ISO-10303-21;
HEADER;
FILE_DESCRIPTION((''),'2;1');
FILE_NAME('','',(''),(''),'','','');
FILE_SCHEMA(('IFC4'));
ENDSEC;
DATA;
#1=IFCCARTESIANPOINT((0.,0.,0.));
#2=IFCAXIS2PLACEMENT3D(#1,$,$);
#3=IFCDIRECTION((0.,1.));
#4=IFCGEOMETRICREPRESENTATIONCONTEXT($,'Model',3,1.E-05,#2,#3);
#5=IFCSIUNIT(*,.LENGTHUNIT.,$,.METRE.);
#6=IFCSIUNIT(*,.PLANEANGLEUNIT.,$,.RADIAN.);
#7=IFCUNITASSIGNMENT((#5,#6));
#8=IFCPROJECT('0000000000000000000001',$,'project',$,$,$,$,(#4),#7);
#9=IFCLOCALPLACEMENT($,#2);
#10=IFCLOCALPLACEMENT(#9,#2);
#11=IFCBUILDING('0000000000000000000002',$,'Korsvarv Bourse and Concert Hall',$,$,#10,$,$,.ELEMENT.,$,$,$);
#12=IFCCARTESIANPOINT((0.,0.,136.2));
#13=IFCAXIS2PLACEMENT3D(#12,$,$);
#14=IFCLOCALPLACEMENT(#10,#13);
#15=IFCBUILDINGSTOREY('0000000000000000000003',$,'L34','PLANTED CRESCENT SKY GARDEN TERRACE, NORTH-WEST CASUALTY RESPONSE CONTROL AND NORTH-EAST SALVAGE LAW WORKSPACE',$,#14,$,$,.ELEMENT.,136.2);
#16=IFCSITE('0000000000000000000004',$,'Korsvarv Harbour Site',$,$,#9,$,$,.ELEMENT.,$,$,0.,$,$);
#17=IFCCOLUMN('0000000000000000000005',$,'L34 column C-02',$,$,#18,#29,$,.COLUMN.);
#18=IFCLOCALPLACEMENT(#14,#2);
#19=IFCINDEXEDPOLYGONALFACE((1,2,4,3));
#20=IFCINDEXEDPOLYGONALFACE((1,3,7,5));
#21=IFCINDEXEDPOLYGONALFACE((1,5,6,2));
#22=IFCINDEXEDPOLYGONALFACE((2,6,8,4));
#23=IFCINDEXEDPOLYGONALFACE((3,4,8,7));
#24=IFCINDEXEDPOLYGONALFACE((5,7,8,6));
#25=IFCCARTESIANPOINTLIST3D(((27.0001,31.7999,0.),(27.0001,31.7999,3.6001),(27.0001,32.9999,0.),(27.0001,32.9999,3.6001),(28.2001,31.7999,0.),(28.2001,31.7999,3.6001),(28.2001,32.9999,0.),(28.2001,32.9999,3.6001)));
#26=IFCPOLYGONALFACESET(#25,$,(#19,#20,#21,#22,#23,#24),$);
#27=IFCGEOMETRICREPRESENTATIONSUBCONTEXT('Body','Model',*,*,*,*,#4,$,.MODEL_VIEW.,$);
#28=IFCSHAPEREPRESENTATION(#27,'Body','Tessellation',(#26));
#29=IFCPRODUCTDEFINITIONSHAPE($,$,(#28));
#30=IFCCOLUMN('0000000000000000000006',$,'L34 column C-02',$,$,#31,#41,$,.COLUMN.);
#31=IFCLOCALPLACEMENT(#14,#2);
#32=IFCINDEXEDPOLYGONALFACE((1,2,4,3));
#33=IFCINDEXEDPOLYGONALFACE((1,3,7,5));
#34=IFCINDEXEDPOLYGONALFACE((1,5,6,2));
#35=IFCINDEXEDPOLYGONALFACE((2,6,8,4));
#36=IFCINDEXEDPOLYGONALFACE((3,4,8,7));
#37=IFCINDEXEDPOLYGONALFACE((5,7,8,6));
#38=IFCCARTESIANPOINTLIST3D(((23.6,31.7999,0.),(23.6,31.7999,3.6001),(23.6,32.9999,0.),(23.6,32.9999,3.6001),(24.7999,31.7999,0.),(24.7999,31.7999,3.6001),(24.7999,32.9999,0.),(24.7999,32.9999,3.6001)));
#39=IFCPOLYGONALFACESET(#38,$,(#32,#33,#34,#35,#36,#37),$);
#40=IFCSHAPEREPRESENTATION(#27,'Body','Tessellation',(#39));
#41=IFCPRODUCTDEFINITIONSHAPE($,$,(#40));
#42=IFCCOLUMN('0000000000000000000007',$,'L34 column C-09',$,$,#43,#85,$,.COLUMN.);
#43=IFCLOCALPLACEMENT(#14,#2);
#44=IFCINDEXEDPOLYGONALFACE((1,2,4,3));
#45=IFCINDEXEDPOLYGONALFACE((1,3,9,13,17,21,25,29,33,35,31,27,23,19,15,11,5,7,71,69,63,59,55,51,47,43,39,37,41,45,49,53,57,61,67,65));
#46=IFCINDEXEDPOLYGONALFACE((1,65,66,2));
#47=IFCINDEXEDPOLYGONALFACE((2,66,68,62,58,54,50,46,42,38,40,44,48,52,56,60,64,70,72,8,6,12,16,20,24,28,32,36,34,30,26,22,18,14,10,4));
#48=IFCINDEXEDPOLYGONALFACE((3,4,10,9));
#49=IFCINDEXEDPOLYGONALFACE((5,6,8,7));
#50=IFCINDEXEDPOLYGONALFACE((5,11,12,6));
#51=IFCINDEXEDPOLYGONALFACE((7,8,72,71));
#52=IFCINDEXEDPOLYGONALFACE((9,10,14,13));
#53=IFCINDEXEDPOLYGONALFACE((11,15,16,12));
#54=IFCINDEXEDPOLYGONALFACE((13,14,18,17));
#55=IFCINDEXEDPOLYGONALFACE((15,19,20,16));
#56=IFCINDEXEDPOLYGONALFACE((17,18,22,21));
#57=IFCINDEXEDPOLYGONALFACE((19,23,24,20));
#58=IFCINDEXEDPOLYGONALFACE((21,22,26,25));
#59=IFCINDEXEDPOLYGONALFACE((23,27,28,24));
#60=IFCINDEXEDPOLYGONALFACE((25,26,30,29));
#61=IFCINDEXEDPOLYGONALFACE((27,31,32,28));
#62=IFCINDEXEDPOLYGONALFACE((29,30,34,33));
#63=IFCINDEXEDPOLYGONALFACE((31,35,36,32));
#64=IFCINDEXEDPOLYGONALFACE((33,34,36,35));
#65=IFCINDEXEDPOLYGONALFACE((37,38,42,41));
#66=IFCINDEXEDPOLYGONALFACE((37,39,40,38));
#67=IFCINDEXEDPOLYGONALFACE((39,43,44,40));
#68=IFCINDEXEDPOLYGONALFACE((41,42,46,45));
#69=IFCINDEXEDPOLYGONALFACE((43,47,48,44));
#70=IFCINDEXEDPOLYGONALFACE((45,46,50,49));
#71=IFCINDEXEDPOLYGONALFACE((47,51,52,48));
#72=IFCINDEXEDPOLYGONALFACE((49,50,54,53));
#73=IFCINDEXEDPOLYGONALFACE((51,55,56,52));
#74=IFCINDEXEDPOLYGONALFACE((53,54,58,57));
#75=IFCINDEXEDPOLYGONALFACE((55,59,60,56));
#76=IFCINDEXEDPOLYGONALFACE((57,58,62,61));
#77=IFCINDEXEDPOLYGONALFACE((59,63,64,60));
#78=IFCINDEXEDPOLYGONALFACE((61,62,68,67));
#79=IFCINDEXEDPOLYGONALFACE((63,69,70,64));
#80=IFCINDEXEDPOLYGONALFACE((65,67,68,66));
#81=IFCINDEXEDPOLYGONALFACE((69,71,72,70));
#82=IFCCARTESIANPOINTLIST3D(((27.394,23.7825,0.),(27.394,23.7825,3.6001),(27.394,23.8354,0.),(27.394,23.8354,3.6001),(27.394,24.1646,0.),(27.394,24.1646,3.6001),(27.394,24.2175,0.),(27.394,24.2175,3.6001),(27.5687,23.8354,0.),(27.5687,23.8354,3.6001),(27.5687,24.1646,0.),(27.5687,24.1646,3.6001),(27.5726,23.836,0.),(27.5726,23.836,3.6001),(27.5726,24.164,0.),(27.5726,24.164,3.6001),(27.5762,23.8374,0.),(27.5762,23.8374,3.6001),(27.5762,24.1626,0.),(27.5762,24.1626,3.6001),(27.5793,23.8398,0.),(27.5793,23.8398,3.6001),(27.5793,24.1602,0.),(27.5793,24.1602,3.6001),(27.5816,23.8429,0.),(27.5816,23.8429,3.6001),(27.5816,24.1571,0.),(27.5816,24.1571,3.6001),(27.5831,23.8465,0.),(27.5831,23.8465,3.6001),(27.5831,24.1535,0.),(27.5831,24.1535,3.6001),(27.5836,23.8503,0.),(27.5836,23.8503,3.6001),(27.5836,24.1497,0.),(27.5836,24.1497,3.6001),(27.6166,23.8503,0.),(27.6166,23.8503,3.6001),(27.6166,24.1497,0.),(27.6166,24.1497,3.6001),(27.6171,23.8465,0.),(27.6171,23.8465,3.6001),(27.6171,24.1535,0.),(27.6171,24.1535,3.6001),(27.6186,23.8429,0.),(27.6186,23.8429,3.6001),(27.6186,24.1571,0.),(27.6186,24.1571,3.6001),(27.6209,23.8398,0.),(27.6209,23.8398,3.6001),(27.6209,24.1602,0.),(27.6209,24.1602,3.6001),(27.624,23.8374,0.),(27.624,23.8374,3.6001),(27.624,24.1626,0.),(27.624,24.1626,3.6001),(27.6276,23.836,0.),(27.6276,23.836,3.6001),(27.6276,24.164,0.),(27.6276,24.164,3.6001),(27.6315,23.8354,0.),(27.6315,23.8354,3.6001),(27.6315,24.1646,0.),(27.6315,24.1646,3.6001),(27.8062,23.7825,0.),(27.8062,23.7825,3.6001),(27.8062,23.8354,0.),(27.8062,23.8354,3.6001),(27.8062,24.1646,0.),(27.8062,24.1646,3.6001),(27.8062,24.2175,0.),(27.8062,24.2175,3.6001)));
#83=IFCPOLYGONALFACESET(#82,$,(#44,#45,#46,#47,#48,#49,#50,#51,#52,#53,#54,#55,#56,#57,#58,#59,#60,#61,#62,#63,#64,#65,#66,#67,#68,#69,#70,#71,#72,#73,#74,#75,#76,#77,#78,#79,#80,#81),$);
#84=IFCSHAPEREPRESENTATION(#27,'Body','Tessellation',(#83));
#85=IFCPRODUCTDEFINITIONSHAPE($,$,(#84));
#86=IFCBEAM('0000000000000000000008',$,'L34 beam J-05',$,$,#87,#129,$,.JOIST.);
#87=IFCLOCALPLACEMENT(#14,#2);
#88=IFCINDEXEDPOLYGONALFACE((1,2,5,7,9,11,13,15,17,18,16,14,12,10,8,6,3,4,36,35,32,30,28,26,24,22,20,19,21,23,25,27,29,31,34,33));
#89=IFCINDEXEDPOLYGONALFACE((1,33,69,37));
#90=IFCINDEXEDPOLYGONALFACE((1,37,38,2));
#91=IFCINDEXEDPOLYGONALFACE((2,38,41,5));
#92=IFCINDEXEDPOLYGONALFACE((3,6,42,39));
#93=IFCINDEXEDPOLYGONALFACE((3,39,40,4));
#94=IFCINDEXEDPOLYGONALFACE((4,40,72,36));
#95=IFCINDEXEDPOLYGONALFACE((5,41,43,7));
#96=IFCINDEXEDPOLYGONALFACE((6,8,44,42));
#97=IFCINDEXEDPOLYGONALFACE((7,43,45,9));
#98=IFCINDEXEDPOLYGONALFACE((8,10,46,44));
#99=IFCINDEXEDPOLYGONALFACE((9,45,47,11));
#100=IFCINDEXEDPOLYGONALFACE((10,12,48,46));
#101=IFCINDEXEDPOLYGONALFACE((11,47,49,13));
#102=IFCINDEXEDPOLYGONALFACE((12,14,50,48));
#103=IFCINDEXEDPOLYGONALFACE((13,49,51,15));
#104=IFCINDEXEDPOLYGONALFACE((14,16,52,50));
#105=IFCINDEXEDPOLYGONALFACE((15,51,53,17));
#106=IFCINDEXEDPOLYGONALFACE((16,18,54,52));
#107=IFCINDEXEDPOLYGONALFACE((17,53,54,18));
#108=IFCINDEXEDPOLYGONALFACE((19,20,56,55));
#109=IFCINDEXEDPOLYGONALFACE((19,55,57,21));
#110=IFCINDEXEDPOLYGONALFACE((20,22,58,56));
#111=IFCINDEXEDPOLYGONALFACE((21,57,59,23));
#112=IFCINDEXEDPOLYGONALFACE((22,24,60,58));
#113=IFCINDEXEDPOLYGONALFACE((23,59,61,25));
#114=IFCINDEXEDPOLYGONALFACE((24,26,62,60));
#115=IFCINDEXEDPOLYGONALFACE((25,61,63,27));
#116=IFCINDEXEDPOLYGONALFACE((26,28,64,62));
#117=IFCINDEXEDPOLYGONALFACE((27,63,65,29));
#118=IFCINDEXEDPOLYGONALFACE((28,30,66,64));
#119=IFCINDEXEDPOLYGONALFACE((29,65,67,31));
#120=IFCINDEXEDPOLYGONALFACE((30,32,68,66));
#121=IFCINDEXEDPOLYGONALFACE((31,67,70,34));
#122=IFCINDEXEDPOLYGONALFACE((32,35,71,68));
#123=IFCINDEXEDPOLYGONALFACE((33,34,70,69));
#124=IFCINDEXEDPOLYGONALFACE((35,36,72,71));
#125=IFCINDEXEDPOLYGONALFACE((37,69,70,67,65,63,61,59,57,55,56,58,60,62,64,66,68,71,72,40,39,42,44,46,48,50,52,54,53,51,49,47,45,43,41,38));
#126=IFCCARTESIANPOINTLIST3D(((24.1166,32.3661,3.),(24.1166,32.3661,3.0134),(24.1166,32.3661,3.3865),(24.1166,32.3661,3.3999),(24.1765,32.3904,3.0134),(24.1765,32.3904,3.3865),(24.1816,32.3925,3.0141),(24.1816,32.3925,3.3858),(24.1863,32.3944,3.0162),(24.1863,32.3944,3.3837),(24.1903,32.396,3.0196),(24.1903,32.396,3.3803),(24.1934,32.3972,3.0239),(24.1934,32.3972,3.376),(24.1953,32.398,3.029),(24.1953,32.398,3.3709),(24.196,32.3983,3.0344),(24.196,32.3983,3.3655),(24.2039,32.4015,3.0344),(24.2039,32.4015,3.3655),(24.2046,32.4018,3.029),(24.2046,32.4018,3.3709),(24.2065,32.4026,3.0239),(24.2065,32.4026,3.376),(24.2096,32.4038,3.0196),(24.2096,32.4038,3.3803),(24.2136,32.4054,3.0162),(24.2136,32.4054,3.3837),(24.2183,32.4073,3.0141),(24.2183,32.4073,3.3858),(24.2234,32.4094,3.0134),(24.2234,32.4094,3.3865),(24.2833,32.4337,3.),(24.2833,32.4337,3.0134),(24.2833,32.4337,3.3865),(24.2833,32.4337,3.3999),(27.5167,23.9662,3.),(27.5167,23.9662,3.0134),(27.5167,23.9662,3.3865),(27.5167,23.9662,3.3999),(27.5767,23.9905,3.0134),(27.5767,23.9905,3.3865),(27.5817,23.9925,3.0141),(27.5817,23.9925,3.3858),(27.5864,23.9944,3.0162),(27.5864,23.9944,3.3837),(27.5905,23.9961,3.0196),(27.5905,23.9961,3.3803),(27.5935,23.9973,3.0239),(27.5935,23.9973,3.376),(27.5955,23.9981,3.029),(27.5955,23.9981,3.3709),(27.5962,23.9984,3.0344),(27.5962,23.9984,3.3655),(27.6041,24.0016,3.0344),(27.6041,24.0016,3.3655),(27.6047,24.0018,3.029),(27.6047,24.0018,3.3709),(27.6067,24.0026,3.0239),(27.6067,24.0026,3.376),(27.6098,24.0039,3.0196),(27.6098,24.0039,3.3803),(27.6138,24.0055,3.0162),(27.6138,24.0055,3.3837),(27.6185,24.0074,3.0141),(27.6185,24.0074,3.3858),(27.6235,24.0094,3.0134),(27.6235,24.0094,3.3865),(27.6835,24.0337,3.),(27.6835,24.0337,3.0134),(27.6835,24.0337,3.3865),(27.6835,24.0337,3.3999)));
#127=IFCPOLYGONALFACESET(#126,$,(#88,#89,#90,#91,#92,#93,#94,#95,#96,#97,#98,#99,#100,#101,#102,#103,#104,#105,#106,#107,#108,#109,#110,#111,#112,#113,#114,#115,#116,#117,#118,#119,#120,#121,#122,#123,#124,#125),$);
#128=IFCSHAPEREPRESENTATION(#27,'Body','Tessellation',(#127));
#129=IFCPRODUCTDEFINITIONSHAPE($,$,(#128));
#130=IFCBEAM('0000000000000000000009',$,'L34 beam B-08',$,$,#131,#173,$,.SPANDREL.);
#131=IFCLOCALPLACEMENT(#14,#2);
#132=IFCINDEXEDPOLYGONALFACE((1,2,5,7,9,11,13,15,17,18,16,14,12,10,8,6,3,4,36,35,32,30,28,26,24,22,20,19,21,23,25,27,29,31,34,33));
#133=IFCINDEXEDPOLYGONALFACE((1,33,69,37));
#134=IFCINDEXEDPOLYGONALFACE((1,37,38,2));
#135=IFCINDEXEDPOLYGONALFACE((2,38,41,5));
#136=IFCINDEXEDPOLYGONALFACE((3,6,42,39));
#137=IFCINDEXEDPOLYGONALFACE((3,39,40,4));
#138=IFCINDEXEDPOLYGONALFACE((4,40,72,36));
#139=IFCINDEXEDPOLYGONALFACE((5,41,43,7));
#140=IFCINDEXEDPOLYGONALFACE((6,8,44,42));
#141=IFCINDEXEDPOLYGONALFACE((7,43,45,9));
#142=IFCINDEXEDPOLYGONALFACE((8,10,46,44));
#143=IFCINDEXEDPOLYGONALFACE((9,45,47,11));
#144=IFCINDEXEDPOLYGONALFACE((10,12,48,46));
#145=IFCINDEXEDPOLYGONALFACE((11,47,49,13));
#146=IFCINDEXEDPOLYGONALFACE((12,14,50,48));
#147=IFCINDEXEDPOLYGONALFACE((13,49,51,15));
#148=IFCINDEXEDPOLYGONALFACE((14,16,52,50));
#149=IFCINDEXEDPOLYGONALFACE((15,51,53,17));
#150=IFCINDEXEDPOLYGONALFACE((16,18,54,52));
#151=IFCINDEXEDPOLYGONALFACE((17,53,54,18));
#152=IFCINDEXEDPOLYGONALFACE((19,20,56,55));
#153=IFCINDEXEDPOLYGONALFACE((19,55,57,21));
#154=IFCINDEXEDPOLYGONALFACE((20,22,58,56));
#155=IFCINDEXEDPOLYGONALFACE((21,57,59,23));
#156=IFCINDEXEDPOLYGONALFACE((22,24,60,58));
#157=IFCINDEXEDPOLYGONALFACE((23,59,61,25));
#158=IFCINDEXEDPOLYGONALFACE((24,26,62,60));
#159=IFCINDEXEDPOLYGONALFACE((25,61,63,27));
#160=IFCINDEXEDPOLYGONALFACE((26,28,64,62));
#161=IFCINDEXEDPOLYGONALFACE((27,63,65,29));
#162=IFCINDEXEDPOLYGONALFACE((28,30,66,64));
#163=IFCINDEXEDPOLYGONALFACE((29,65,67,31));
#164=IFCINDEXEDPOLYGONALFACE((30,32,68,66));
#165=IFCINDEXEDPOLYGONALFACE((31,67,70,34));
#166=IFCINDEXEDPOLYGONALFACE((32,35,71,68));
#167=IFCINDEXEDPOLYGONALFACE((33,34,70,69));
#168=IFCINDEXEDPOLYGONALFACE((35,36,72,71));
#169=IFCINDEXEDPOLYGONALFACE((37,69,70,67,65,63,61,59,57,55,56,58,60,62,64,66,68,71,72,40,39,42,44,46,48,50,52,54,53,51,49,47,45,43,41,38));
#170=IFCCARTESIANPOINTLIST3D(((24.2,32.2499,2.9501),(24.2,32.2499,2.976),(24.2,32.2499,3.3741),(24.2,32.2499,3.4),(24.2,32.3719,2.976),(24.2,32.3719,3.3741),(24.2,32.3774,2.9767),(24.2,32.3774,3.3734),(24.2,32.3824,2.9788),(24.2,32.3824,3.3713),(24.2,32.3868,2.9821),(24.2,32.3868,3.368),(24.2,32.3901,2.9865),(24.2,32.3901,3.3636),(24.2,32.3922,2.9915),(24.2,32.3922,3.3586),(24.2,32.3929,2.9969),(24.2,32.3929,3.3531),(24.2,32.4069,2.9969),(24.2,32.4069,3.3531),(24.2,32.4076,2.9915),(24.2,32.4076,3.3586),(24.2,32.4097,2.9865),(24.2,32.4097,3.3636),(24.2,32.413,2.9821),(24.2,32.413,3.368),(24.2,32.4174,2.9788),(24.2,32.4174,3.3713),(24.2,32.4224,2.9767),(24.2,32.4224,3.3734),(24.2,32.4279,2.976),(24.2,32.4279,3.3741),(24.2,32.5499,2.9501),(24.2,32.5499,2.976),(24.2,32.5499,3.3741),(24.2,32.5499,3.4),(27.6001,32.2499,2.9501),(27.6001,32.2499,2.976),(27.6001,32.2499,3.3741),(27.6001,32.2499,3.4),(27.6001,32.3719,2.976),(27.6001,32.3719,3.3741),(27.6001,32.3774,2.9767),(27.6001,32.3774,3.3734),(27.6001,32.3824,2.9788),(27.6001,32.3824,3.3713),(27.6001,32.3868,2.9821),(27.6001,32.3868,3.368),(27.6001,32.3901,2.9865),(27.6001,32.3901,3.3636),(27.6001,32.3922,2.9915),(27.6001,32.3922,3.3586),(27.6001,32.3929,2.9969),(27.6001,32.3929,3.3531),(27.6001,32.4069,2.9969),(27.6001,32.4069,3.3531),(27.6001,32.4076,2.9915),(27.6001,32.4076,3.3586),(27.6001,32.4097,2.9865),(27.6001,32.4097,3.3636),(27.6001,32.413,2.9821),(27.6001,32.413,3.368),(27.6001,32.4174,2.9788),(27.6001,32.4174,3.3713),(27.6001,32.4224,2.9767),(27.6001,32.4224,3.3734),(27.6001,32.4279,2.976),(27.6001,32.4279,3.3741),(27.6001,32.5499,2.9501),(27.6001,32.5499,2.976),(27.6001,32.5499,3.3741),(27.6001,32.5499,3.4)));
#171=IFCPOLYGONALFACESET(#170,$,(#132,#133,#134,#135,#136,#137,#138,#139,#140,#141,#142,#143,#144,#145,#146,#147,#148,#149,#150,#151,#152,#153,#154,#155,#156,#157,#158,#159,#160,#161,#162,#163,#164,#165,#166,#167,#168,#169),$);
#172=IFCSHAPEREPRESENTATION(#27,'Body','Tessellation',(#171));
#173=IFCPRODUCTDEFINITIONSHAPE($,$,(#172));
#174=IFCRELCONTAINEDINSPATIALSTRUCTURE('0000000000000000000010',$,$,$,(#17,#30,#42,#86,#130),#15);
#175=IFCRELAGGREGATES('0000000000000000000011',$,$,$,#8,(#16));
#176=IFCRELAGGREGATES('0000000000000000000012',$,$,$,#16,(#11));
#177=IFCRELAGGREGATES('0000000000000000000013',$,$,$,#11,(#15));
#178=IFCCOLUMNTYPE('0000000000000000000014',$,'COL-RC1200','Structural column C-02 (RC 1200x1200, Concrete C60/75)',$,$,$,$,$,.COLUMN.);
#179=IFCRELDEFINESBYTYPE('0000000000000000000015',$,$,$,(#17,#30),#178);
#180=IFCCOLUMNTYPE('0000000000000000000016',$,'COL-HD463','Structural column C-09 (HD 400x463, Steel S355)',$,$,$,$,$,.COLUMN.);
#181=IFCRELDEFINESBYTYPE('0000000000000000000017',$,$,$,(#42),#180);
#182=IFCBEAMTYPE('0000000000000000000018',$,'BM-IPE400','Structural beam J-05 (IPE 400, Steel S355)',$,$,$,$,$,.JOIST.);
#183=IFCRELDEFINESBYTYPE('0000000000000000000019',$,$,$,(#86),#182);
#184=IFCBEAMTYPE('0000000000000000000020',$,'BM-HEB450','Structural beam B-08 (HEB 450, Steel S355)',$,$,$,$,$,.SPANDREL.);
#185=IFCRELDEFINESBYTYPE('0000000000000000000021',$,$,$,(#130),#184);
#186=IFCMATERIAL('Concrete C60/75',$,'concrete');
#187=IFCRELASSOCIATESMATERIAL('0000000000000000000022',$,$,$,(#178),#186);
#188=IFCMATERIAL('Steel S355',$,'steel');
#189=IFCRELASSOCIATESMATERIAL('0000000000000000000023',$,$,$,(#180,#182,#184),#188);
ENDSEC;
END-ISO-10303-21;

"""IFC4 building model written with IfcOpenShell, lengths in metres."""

from ifc_helpers import new_model, si_unit, direction, frame, origin, origin_2d, place, context, subcontext, project, spatial, rectangle, i_section, extrude, source, transform, mapped, material, material_profile, profile_set, type_object, element, save


model = new_model("IFC4")

# Units and contexts
model_context = context("Model", 3, precision=1e-05, world=origin(), true_north=direction((0.0, 1.0)))
body_context = subcontext(model_context, "Body", "Model", "MODEL_VIEW")
ifc_project = project(units=[si_unit("LENGTHUNIT", "METRE"), si_unit("PLANEANGLEUNIT", "RADIAN")], contexts=[model_context])

# Site, building, storey
site_placement = place(None, origin())
site = spatial("IfcSite", under=ifc_project, at=site_placement, Name="Korsvarv Harbour Site", CompositionType="ELEMENT", RefElevation=0.0)
building_placement = place(site_placement, origin())
building = spatial("IfcBuilding", under=site, at=building_placement, Name="Korsvarv Bourse and Concert Hall", CompositionType="ELEMENT")
storey_placement = place(building_placement, frame((0.0, 0.0, 136.2)))
storey = spatial("IfcBuildingStorey", under=building, at=storey_placement, Name="L34", Description="PLANTED CRESCENT SKY GARDEN TERRACE, NORTH-WEST CASUALTY RESPONSE CONTROL AND NORTH-EAST SALVAGE LAW WORKSPACE", CompositionType="ELEMENT", Elevation=136.2)

# Columns
ifc_material_1 = material(Name="Concrete C60/75", Category="concrete")
ifc_material_profile_1 = material_profile(ifc_material_1, rectangle(XDim=1.2, YDim=1.2, at=origin_2d()), Name="RC 1200x1200")
ifc_profile_set_1 = profile_set([ifc_material_profile_1], Name="Concrete C60/75")
column_type_1 = type_object("IfcColumnType", Name="COL-RC1200", Description="Structural column C-02 (RC 1200x1200, Concrete C60/75)", PredefinedType="COLUMN", material=ifc_profile_set_1)
shared_shape_1 = source(origin(), body_context, "Body", "SweptSolid", [
    extrude(rectangle(XDim=1.2, YDim=1.2, at=origin_2d()), origin(), (0.0, 0.0, 1.0), 3.6001),
])
for number, where, z_axis, x_axis, name in (
    (1, (27.6001, 32.3999, 0.0), (0.0, 0.0, 1.0), (1.0, 0.0, 0.0), "L34 column C-02"),
    (2, (24.2, 32.3999, 0.0), (0.0, 0.0, 1.0), (1.0, 0.0, 0.0), "L34 column C-02"),
):
    element("IfcColumn", number, at=place(storey_placement, frame(where, z_axis=z_axis, x_axis=x_axis)), inside=storey, type_object=column_type_1, Name=name, PredefinedType="COLUMN", context=body_context, shape_type="MappedRepresentation", body=[
        mapped(shared_shape_1, transform((0.0, 0.0, 0.0), scale=1.0)),
    ])
ifc_material_2 = material(Name="Steel S355", Category="steel")
ifc_material_profile_2 = material_profile(ifc_material_2, i_section(OverallWidth=0.4121, OverallDepth=0.4351, WebThickness=0.033, FlangeThickness=0.053, FilletRadius=0.0149, at=origin_2d()), Name="HD 400x463")
ifc_profile_set_2 = profile_set([ifc_material_profile_2], Name="Steel S355")
column_type_2 = type_object("IfcColumnType", Name="COL-HD463", Description="Structural column C-09 (HD 400x463, Steel S355)", PredefinedType="COLUMN", material=ifc_profile_set_2)
shared_shape_2 = source(origin(), body_context, "Body", "SweptSolid", [
    extrude(i_section(OverallWidth=0.4121, OverallDepth=0.4351, WebThickness=0.033, FlangeThickness=0.053, FilletRadius=0.0149, at=origin_2d()), origin(), (0.0, 0.0, 1.0), 3.6001),
])
column_placement = place(storey_placement, frame((27.6001, 24.0, 0.0), z_axis=(0.0, 0.0, 1.0), x_axis=(1.0, 0.0, 0.0)))
element("IfcColumn", 3, at=column_placement, inside=storey, type_object=column_type_2, Name="L34 column C-09", PredefinedType="COLUMN", context=body_context, shape_type="MappedRepresentation", body=[
    mapped(shared_shape_2, transform((0.0, 0.0, 0.0), scale=1.0)),
])

# Beams
ifc_material_profile_3 = material_profile(ifc_material_2, i_section(OverallWidth=0.1799, OverallDepth=0.3999, WebThickness=0.0085, FlangeThickness=0.0134, FilletRadius=0.021, at=origin_2d()), Name="IPE 400")
ifc_profile_set_3 = profile_set([ifc_material_profile_3], Name="Steel S355")
beam_type_1 = type_object("IfcBeamType", Name="BM-IPE400", Description="Structural beam J-05 (IPE 400, Steel S355)", PredefinedType="JOIST", material=ifc_profile_set_3)
shared_shape_3 = source(origin(), body_context, "Body", "SweptSolid", [
    extrude(i_section(OverallWidth=0.1799, OverallDepth=0.3999, WebThickness=0.0085, FlangeThickness=0.0134, FilletRadius=0.021, at=origin_2d()), origin(), (0.0, 0.0, 1.0), 9.062),
])
beam_1_placement = place(storey_placement, frame((24.2, 32.3999, 3.2), z_axis=(0.37521, -0.92694, 0.0), x_axis=(0.92694, 0.37521, 0.0)))
element("IfcBeam", 4, at=beam_1_placement, inside=storey, type_object=beam_type_1, Name="L34 beam J-05", PredefinedType="JOIST", context=body_context, shape_type="MappedRepresentation", body=[
    mapped(shared_shape_3, transform((0.0, 0.0, 0.0), scale=1.0)),
])
ifc_material_profile_4 = material_profile(ifc_material_2, i_section(OverallWidth=0.3, OverallDepth=0.45, WebThickness=0.0139, FlangeThickness=0.0259, FilletRadius=0.021, at=origin_2d()), Name="HEB 450")
ifc_profile_set_4 = profile_set([ifc_material_profile_4], Name="Steel S355")
beam_type_2 = type_object("IfcBeamType", Name="BM-HEB450", Description="Structural beam B-08 (HEB 450, Steel S355)", PredefinedType="SPANDREL", material=ifc_profile_set_4)
shared_shape_4 = source(origin(), body_context, "Body", "SweptSolid", [
    extrude(i_section(OverallWidth=0.3, OverallDepth=0.45, WebThickness=0.0139, FlangeThickness=0.0259, FilletRadius=0.021, at=origin_2d()), origin(), (0.0, 0.0, 1.0), 3.4001),
])
beam_2_placement = place(storey_placement, frame((24.2, 32.3999, 3.175), z_axis=(1.0, 0.0, 0.0), x_axis=(0.0, 1.0, 0.0)))
element("IfcBeam", 5, at=beam_2_placement, inside=storey, type_object=beam_type_2, Name="L34 beam B-08", PredefinedType="SPANDREL", context=body_context, shape_type="MappedRepresentation", body=[
    mapped(shared_shape_4, transform((0.0, 0.0, 0.0), scale=1.0)),
])

save(model, "model.ifc")
